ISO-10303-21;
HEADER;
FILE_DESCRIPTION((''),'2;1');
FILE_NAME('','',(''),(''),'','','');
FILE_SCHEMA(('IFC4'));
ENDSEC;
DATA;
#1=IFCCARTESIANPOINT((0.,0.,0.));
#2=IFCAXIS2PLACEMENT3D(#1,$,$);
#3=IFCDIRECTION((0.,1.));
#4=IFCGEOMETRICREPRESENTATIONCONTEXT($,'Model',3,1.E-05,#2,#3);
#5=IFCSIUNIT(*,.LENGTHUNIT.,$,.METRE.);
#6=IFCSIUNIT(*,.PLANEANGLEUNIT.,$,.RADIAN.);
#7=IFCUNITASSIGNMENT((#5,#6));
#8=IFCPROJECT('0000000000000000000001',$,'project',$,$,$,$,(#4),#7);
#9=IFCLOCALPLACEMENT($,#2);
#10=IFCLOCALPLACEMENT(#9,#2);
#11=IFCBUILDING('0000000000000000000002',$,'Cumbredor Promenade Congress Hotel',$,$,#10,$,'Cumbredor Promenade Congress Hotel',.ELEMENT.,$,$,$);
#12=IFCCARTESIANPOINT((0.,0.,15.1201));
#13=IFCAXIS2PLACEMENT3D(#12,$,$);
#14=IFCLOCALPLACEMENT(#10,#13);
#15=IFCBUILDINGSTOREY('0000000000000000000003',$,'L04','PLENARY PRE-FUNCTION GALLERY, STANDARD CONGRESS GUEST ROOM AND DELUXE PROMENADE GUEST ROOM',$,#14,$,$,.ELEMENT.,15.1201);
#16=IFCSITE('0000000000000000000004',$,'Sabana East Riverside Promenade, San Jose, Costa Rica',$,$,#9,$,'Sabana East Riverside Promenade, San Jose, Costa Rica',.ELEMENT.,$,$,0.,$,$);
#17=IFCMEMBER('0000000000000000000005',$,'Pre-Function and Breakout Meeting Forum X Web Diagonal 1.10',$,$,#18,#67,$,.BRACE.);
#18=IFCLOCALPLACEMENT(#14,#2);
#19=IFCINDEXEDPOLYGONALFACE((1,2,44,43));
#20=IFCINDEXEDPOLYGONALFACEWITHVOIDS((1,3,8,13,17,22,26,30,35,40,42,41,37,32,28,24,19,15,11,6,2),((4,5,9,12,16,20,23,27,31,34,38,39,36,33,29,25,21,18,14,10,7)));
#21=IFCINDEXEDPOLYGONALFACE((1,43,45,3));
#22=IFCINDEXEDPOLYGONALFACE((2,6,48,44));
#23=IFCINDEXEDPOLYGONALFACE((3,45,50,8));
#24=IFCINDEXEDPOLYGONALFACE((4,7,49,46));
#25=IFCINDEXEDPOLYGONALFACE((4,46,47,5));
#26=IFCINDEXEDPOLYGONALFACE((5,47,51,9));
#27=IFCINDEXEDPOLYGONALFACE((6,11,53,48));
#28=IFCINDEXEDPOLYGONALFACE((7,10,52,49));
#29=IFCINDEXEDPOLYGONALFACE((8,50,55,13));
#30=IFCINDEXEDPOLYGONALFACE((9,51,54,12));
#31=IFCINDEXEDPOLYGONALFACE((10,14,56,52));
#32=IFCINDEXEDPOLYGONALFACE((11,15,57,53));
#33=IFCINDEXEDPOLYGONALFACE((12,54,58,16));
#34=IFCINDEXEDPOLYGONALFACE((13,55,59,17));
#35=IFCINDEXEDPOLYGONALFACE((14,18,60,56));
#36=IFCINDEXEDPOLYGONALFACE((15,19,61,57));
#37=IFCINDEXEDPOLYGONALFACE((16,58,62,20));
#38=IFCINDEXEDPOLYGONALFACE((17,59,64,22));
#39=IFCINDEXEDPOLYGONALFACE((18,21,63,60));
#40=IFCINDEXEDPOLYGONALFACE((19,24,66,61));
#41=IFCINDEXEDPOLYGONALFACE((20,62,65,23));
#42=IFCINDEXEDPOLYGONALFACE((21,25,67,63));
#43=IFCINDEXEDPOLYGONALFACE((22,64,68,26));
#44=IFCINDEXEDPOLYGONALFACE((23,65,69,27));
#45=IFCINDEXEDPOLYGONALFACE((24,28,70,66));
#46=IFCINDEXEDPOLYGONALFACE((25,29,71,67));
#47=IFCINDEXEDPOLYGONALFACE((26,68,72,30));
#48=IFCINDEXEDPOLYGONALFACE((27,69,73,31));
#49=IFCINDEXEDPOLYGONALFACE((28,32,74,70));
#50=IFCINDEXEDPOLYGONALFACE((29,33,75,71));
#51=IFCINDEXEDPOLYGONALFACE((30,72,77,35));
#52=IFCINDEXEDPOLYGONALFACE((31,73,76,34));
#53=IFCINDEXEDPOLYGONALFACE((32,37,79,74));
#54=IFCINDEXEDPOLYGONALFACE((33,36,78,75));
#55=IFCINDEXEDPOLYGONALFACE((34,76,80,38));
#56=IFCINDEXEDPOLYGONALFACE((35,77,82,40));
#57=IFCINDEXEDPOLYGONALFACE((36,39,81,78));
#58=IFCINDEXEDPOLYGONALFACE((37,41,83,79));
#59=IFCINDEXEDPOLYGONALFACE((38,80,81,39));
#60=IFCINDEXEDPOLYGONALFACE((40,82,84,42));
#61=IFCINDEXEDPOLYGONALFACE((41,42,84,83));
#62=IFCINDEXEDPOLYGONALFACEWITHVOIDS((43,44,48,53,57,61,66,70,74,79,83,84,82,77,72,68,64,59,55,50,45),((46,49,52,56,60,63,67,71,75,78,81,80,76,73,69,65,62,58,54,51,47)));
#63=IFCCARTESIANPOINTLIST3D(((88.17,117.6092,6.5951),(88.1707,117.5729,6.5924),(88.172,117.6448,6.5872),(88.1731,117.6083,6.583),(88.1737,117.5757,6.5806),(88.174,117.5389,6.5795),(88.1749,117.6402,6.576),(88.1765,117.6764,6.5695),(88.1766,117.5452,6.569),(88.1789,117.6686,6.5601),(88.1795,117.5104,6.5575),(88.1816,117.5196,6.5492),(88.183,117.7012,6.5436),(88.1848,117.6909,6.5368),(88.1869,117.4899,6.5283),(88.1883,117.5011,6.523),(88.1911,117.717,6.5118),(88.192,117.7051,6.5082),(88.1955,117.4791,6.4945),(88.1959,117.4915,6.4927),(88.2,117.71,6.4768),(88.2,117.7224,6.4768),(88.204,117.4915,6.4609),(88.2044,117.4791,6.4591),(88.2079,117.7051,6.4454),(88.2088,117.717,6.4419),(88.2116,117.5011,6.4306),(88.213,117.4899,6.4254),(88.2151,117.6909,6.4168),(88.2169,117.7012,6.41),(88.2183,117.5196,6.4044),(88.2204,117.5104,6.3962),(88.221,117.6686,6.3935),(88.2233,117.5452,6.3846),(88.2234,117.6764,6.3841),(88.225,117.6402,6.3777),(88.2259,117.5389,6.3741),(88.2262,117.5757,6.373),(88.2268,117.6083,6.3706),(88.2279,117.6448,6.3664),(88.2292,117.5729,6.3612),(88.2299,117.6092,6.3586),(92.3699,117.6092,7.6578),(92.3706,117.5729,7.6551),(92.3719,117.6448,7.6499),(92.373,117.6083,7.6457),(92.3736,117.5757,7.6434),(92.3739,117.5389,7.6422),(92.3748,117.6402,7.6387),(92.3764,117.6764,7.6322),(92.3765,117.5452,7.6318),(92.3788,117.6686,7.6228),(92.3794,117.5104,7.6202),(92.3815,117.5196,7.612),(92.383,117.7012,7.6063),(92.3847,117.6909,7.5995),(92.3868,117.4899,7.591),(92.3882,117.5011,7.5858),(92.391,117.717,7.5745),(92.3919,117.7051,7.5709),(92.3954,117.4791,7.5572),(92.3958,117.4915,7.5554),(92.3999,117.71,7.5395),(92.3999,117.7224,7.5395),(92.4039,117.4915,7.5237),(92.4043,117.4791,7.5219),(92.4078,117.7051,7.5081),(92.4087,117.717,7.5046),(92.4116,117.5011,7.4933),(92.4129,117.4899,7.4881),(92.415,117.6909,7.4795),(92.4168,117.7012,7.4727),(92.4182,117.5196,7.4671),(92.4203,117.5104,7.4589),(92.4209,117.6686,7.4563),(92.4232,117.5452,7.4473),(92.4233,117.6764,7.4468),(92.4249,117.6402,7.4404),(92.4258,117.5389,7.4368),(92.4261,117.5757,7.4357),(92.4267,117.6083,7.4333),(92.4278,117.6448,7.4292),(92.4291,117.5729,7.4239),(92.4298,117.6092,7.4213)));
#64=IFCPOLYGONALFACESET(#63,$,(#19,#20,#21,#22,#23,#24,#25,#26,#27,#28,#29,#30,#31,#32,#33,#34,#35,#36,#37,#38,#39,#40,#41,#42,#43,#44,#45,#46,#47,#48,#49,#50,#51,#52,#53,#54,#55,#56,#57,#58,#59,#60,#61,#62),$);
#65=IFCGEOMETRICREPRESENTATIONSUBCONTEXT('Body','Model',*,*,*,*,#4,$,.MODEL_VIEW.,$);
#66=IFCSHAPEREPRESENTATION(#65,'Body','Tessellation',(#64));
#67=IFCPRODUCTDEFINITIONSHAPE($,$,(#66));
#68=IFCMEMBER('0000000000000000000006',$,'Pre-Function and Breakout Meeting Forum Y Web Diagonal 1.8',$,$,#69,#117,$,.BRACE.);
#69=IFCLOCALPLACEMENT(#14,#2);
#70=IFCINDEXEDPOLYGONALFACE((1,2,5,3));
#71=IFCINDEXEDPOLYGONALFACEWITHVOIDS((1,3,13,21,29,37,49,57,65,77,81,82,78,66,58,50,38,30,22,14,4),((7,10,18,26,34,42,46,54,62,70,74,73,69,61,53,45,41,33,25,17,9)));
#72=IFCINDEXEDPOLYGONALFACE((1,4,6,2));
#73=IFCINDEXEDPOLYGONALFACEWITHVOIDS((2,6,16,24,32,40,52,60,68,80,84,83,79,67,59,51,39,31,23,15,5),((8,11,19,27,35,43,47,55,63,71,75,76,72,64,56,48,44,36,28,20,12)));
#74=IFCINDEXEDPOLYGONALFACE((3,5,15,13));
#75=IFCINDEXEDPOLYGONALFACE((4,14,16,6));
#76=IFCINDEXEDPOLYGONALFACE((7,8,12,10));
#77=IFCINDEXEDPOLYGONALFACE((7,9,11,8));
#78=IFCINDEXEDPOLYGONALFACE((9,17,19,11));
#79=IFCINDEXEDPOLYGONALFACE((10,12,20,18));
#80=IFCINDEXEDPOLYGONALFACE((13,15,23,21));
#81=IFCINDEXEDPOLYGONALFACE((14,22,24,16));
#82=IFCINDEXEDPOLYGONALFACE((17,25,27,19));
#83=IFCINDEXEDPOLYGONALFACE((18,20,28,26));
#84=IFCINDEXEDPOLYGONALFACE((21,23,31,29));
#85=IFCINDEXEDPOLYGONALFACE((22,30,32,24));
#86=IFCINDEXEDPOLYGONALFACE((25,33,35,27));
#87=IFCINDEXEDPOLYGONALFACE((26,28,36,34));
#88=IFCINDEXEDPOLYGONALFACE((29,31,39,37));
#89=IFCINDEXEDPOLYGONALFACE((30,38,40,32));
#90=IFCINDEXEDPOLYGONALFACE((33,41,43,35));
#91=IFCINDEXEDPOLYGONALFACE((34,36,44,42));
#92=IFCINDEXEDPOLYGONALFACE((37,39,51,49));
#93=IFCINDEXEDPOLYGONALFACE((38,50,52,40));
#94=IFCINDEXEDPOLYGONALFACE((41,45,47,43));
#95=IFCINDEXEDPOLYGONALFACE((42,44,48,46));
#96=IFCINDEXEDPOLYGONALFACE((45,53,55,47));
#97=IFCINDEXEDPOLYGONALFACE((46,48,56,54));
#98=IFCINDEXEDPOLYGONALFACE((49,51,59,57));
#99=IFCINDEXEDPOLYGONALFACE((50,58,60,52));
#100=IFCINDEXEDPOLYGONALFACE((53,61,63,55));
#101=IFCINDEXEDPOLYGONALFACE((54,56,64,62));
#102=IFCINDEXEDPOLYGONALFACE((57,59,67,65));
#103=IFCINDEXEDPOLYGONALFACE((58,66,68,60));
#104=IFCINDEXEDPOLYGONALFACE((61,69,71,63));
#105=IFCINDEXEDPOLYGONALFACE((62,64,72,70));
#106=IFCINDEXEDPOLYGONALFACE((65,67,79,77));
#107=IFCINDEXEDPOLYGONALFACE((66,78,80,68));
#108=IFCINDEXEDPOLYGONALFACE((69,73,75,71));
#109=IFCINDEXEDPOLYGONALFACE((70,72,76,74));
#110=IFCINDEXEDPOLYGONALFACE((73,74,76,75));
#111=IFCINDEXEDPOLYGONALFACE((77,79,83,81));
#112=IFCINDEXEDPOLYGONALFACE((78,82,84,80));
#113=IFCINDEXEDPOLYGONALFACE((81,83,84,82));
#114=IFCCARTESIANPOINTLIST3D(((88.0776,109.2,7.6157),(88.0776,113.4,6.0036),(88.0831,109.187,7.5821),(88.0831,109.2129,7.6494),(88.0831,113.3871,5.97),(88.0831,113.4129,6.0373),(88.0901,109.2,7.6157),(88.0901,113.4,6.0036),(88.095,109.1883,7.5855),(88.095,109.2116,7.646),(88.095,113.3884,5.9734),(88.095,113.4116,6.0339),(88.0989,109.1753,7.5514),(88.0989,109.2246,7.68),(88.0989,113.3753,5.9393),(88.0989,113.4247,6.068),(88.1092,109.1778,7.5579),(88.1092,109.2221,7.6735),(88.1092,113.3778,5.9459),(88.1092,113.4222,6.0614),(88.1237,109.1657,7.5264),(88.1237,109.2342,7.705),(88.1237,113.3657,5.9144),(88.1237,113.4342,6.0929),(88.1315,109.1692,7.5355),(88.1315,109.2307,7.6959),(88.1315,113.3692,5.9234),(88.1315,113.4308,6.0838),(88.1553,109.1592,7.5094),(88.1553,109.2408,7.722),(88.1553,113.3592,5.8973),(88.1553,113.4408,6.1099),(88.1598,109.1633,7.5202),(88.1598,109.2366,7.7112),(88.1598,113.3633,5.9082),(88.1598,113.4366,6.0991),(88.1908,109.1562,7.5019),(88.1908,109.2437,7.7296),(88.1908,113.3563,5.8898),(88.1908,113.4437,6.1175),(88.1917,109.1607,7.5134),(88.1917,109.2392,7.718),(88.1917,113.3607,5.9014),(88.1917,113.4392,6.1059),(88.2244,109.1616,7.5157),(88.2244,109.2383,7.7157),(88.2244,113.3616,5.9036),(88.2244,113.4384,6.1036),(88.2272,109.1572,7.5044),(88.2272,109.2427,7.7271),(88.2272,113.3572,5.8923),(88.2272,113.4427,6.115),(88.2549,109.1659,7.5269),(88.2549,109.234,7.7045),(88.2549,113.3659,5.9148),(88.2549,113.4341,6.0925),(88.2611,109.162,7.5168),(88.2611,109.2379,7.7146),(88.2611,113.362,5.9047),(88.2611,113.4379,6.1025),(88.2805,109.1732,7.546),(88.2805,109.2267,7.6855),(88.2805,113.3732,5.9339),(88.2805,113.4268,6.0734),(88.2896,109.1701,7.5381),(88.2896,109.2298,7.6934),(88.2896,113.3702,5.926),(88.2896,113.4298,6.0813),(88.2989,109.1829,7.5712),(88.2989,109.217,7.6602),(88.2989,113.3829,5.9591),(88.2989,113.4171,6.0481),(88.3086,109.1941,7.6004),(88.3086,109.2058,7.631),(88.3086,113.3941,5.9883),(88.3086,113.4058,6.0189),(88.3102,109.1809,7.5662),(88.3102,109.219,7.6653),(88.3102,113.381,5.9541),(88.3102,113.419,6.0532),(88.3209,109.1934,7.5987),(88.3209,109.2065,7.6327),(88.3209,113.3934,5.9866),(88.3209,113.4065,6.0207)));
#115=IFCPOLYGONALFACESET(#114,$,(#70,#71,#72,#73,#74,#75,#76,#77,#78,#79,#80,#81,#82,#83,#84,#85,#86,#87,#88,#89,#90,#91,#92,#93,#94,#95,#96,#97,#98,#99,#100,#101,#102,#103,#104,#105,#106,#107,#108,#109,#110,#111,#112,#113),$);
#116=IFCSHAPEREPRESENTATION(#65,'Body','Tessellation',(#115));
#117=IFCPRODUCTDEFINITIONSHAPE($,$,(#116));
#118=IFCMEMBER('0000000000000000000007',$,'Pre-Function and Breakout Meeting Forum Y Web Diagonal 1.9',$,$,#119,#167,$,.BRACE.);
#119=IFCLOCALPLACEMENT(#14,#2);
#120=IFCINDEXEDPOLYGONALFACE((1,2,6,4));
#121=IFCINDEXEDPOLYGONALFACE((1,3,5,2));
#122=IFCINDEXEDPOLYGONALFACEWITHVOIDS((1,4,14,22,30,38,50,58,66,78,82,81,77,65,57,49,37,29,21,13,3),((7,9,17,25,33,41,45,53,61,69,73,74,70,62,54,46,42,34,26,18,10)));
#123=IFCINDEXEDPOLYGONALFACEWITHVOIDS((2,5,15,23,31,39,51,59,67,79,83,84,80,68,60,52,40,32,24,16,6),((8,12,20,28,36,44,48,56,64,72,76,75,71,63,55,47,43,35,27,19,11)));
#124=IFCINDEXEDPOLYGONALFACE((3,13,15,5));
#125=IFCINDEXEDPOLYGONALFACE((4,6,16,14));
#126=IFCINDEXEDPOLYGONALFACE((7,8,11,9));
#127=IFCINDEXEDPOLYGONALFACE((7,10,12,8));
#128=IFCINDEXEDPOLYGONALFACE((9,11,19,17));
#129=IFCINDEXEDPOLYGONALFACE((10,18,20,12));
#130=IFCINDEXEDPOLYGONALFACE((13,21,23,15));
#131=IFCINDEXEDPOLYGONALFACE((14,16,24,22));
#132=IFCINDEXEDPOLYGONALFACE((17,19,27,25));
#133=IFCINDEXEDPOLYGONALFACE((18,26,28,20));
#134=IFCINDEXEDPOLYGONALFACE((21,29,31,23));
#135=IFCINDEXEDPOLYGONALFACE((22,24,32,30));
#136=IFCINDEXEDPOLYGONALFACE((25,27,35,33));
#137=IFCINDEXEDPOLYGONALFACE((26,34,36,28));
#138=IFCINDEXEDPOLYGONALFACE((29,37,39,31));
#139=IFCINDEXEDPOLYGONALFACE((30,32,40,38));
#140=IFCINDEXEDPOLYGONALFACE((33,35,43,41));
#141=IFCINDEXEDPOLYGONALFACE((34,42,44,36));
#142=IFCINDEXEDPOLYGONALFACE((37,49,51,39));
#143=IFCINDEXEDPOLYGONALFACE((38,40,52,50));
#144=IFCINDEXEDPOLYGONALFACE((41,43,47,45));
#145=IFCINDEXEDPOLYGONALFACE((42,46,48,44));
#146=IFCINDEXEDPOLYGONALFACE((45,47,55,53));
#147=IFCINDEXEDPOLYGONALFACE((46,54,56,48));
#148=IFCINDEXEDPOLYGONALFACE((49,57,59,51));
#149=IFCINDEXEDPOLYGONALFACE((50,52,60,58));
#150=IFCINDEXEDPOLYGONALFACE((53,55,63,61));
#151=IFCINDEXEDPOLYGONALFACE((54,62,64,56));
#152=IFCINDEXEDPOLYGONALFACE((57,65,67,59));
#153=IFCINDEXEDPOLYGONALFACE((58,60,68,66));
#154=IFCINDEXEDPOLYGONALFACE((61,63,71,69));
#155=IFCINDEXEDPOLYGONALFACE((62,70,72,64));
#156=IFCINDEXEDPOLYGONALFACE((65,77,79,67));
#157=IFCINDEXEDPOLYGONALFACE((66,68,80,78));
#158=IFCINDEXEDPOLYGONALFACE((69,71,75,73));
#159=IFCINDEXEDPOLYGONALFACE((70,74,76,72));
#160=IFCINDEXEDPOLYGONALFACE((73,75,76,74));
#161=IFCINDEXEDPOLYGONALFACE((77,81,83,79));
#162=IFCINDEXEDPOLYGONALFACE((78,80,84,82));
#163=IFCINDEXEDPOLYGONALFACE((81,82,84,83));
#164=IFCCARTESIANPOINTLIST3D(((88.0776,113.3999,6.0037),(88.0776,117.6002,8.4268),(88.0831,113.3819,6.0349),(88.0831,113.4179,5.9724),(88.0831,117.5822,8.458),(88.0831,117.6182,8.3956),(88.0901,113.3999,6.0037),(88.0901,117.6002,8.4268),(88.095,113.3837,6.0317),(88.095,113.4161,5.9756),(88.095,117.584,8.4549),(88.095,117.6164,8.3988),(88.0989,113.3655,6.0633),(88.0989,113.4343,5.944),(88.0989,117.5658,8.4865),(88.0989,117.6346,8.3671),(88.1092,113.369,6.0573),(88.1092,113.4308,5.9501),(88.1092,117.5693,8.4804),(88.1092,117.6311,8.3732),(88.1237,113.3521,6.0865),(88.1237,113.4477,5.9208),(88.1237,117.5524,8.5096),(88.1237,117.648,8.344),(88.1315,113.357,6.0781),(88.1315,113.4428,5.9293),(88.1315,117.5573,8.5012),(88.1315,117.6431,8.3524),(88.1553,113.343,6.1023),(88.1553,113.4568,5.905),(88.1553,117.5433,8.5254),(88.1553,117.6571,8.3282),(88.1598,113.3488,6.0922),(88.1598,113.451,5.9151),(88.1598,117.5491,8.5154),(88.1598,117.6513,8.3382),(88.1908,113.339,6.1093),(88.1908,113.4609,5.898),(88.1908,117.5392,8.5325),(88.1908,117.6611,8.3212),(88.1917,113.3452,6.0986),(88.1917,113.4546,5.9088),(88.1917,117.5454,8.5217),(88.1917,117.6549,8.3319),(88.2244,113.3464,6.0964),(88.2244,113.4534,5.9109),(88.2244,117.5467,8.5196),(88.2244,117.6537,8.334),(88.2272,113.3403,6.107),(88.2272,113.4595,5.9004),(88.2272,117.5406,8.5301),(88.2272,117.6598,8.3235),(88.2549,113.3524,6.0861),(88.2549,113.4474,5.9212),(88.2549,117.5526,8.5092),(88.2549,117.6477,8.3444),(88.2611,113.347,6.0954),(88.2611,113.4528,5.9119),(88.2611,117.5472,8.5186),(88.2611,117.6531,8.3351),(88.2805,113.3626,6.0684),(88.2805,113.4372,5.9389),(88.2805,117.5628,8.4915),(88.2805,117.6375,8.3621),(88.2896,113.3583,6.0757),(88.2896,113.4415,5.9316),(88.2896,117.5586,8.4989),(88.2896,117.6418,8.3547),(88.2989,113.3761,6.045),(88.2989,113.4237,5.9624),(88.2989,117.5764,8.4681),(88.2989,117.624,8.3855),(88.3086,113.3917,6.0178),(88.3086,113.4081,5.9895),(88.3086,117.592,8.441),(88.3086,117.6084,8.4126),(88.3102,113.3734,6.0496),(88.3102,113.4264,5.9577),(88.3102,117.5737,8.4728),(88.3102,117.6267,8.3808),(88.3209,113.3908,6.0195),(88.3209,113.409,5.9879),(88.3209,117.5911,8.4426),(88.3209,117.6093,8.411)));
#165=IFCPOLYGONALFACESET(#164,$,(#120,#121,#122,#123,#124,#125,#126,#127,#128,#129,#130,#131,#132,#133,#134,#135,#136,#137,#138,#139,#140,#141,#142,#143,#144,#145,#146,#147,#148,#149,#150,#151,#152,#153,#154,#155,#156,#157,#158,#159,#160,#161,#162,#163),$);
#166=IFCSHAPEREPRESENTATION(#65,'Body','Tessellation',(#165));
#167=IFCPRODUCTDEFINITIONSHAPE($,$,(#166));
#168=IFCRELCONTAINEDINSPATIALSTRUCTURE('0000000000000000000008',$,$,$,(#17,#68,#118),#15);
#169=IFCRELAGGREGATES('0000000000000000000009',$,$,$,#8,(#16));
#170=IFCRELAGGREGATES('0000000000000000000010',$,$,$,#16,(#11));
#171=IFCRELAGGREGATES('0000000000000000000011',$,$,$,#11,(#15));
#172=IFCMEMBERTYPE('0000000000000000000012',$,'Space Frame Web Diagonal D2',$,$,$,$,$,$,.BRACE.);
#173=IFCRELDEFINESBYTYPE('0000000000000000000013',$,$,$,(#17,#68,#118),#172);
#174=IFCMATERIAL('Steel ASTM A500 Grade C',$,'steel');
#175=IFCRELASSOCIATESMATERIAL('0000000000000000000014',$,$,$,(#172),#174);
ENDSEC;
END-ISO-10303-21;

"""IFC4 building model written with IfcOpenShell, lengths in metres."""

from ifc_helpers import new_model, si_unit, direction, frame, origin, origin_2d, place, context, subcontext, project, spatial, hollow_circle, extrude, material, material_profile, profile_set, type_object, element, save


model = new_model("IFC4")

# Units and contexts
model_context = context("Model", 3, precision=1e-05, world=origin(), true_north=direction((0.0, 1.0)))
body_context = subcontext(model_context, "Body", "Model", "MODEL_VIEW")
ifc_project = project(units=[si_unit("LENGTHUNIT", "METRE"), si_unit("PLANEANGLEUNIT", "RADIAN")], contexts=[model_context])

# Site, building, storey
site_placement = place(None, origin())
site = spatial("IfcSite", under=ifc_project, at=site_placement, Name="Sabana East Riverside Promenade, San Jose, Costa Rica", LongName="Sabana East Riverside Promenade, San Jose, Costa Rica", CompositionType="ELEMENT", RefElevation=0.0)
building_placement = place(site_placement, origin())
building = spatial("IfcBuilding", under=site, at=building_placement, Name="Cumbredor Promenade Congress Hotel", LongName="Cumbredor Promenade Congress Hotel", CompositionType="ELEMENT")
storey_placement = place(building_placement, frame((0.0, 0.0, 15.1201)))
storey = spatial("IfcBuildingStorey", under=building, at=storey_placement, Name="L04", Description="PLENARY PRE-FUNCTION GALLERY, STANDARD CONGRESS GUEST ROOM AND DELUXE PROMENADE GUEST ROOM", CompositionType="ELEMENT", Elevation=15.1201)

# Members
ifc_material_1 = material(Name="Steel ASTM A500 Grade C", Category="steel")
ifc_material_profile_1 = material_profile(ifc_material_1, hollow_circle(Radius=0.1223, WallThickness=0.0125, at=origin_2d()), Name="CHS 244.5x12.5")
ifc_profile_set_1 = profile_set([ifc_material_profile_1], Name="Steel ASTM A500 Grade C")
member_type_1 = type_object("IfcMemberType", Name="Space Frame Web Diagonal D2", PredefinedType="BRACE", material=ifc_profile_set_1)
member_1_placement = place(storey_placement, frame((88.2, 117.6001, 6.4768), z_axis=(0.969446, 0.0, 0.245306), x_axis=(0.0, 1.0, 0.0)))
element("IfcMember", 1, at=member_1_placement, inside=storey, type_object=member_type_1, Name="Pre-Function and Breakout Meeting Forum X Web Diagonal 1.10", PredefinedType="BRACE", context=body_context, shape_type="SweptSolid", body=[
    extrude(hollow_circle(Radius=0.1223, WallThickness=0.0125, at=origin_2d()), origin(), (0.0, 0.0, 1.0), 4.3323),
])
member_2_placement = place(storey_placement, frame((88.2, 109.2, 7.6157), z_axis=(0.0, 0.933592, -0.358339), x_axis=(-1.0, 0.0, 0.0)))
element("IfcMember", 2, at=member_2_placement, inside=storey, type_object=member_type_1, Name="Pre-Function and Breakout Meeting Forum Y Web Diagonal 1.8", PredefinedType="BRACE", context=body_context, shape_type="SweptSolid", body=[
    extrude(hollow_circle(Radius=0.1223, WallThickness=0.0125, at=origin_2d()), origin(), (0.0, 0.0, 1.0), 4.4988),
])
member_3_placement = place(storey_placement, frame((88.2, 113.3999, 6.0037), z_axis=(0.0, 0.866194, 0.499708), x_axis=(-1.0, 0.0, 0.0)))
element("IfcMember", 3, at=member_3_placement, inside=storey, type_object=member_type_1, Name="Pre-Function and Breakout Meeting Forum Y Web Diagonal 1.9", PredefinedType="BRACE", context=body_context, shape_type="SweptSolid", body=[
    extrude(hollow_circle(Radius=0.1223, WallThickness=0.0125, at=origin_2d()), origin(), (0.0, 0.0, 1.0), 4.8491),
])

save(model, "model.ifc")
